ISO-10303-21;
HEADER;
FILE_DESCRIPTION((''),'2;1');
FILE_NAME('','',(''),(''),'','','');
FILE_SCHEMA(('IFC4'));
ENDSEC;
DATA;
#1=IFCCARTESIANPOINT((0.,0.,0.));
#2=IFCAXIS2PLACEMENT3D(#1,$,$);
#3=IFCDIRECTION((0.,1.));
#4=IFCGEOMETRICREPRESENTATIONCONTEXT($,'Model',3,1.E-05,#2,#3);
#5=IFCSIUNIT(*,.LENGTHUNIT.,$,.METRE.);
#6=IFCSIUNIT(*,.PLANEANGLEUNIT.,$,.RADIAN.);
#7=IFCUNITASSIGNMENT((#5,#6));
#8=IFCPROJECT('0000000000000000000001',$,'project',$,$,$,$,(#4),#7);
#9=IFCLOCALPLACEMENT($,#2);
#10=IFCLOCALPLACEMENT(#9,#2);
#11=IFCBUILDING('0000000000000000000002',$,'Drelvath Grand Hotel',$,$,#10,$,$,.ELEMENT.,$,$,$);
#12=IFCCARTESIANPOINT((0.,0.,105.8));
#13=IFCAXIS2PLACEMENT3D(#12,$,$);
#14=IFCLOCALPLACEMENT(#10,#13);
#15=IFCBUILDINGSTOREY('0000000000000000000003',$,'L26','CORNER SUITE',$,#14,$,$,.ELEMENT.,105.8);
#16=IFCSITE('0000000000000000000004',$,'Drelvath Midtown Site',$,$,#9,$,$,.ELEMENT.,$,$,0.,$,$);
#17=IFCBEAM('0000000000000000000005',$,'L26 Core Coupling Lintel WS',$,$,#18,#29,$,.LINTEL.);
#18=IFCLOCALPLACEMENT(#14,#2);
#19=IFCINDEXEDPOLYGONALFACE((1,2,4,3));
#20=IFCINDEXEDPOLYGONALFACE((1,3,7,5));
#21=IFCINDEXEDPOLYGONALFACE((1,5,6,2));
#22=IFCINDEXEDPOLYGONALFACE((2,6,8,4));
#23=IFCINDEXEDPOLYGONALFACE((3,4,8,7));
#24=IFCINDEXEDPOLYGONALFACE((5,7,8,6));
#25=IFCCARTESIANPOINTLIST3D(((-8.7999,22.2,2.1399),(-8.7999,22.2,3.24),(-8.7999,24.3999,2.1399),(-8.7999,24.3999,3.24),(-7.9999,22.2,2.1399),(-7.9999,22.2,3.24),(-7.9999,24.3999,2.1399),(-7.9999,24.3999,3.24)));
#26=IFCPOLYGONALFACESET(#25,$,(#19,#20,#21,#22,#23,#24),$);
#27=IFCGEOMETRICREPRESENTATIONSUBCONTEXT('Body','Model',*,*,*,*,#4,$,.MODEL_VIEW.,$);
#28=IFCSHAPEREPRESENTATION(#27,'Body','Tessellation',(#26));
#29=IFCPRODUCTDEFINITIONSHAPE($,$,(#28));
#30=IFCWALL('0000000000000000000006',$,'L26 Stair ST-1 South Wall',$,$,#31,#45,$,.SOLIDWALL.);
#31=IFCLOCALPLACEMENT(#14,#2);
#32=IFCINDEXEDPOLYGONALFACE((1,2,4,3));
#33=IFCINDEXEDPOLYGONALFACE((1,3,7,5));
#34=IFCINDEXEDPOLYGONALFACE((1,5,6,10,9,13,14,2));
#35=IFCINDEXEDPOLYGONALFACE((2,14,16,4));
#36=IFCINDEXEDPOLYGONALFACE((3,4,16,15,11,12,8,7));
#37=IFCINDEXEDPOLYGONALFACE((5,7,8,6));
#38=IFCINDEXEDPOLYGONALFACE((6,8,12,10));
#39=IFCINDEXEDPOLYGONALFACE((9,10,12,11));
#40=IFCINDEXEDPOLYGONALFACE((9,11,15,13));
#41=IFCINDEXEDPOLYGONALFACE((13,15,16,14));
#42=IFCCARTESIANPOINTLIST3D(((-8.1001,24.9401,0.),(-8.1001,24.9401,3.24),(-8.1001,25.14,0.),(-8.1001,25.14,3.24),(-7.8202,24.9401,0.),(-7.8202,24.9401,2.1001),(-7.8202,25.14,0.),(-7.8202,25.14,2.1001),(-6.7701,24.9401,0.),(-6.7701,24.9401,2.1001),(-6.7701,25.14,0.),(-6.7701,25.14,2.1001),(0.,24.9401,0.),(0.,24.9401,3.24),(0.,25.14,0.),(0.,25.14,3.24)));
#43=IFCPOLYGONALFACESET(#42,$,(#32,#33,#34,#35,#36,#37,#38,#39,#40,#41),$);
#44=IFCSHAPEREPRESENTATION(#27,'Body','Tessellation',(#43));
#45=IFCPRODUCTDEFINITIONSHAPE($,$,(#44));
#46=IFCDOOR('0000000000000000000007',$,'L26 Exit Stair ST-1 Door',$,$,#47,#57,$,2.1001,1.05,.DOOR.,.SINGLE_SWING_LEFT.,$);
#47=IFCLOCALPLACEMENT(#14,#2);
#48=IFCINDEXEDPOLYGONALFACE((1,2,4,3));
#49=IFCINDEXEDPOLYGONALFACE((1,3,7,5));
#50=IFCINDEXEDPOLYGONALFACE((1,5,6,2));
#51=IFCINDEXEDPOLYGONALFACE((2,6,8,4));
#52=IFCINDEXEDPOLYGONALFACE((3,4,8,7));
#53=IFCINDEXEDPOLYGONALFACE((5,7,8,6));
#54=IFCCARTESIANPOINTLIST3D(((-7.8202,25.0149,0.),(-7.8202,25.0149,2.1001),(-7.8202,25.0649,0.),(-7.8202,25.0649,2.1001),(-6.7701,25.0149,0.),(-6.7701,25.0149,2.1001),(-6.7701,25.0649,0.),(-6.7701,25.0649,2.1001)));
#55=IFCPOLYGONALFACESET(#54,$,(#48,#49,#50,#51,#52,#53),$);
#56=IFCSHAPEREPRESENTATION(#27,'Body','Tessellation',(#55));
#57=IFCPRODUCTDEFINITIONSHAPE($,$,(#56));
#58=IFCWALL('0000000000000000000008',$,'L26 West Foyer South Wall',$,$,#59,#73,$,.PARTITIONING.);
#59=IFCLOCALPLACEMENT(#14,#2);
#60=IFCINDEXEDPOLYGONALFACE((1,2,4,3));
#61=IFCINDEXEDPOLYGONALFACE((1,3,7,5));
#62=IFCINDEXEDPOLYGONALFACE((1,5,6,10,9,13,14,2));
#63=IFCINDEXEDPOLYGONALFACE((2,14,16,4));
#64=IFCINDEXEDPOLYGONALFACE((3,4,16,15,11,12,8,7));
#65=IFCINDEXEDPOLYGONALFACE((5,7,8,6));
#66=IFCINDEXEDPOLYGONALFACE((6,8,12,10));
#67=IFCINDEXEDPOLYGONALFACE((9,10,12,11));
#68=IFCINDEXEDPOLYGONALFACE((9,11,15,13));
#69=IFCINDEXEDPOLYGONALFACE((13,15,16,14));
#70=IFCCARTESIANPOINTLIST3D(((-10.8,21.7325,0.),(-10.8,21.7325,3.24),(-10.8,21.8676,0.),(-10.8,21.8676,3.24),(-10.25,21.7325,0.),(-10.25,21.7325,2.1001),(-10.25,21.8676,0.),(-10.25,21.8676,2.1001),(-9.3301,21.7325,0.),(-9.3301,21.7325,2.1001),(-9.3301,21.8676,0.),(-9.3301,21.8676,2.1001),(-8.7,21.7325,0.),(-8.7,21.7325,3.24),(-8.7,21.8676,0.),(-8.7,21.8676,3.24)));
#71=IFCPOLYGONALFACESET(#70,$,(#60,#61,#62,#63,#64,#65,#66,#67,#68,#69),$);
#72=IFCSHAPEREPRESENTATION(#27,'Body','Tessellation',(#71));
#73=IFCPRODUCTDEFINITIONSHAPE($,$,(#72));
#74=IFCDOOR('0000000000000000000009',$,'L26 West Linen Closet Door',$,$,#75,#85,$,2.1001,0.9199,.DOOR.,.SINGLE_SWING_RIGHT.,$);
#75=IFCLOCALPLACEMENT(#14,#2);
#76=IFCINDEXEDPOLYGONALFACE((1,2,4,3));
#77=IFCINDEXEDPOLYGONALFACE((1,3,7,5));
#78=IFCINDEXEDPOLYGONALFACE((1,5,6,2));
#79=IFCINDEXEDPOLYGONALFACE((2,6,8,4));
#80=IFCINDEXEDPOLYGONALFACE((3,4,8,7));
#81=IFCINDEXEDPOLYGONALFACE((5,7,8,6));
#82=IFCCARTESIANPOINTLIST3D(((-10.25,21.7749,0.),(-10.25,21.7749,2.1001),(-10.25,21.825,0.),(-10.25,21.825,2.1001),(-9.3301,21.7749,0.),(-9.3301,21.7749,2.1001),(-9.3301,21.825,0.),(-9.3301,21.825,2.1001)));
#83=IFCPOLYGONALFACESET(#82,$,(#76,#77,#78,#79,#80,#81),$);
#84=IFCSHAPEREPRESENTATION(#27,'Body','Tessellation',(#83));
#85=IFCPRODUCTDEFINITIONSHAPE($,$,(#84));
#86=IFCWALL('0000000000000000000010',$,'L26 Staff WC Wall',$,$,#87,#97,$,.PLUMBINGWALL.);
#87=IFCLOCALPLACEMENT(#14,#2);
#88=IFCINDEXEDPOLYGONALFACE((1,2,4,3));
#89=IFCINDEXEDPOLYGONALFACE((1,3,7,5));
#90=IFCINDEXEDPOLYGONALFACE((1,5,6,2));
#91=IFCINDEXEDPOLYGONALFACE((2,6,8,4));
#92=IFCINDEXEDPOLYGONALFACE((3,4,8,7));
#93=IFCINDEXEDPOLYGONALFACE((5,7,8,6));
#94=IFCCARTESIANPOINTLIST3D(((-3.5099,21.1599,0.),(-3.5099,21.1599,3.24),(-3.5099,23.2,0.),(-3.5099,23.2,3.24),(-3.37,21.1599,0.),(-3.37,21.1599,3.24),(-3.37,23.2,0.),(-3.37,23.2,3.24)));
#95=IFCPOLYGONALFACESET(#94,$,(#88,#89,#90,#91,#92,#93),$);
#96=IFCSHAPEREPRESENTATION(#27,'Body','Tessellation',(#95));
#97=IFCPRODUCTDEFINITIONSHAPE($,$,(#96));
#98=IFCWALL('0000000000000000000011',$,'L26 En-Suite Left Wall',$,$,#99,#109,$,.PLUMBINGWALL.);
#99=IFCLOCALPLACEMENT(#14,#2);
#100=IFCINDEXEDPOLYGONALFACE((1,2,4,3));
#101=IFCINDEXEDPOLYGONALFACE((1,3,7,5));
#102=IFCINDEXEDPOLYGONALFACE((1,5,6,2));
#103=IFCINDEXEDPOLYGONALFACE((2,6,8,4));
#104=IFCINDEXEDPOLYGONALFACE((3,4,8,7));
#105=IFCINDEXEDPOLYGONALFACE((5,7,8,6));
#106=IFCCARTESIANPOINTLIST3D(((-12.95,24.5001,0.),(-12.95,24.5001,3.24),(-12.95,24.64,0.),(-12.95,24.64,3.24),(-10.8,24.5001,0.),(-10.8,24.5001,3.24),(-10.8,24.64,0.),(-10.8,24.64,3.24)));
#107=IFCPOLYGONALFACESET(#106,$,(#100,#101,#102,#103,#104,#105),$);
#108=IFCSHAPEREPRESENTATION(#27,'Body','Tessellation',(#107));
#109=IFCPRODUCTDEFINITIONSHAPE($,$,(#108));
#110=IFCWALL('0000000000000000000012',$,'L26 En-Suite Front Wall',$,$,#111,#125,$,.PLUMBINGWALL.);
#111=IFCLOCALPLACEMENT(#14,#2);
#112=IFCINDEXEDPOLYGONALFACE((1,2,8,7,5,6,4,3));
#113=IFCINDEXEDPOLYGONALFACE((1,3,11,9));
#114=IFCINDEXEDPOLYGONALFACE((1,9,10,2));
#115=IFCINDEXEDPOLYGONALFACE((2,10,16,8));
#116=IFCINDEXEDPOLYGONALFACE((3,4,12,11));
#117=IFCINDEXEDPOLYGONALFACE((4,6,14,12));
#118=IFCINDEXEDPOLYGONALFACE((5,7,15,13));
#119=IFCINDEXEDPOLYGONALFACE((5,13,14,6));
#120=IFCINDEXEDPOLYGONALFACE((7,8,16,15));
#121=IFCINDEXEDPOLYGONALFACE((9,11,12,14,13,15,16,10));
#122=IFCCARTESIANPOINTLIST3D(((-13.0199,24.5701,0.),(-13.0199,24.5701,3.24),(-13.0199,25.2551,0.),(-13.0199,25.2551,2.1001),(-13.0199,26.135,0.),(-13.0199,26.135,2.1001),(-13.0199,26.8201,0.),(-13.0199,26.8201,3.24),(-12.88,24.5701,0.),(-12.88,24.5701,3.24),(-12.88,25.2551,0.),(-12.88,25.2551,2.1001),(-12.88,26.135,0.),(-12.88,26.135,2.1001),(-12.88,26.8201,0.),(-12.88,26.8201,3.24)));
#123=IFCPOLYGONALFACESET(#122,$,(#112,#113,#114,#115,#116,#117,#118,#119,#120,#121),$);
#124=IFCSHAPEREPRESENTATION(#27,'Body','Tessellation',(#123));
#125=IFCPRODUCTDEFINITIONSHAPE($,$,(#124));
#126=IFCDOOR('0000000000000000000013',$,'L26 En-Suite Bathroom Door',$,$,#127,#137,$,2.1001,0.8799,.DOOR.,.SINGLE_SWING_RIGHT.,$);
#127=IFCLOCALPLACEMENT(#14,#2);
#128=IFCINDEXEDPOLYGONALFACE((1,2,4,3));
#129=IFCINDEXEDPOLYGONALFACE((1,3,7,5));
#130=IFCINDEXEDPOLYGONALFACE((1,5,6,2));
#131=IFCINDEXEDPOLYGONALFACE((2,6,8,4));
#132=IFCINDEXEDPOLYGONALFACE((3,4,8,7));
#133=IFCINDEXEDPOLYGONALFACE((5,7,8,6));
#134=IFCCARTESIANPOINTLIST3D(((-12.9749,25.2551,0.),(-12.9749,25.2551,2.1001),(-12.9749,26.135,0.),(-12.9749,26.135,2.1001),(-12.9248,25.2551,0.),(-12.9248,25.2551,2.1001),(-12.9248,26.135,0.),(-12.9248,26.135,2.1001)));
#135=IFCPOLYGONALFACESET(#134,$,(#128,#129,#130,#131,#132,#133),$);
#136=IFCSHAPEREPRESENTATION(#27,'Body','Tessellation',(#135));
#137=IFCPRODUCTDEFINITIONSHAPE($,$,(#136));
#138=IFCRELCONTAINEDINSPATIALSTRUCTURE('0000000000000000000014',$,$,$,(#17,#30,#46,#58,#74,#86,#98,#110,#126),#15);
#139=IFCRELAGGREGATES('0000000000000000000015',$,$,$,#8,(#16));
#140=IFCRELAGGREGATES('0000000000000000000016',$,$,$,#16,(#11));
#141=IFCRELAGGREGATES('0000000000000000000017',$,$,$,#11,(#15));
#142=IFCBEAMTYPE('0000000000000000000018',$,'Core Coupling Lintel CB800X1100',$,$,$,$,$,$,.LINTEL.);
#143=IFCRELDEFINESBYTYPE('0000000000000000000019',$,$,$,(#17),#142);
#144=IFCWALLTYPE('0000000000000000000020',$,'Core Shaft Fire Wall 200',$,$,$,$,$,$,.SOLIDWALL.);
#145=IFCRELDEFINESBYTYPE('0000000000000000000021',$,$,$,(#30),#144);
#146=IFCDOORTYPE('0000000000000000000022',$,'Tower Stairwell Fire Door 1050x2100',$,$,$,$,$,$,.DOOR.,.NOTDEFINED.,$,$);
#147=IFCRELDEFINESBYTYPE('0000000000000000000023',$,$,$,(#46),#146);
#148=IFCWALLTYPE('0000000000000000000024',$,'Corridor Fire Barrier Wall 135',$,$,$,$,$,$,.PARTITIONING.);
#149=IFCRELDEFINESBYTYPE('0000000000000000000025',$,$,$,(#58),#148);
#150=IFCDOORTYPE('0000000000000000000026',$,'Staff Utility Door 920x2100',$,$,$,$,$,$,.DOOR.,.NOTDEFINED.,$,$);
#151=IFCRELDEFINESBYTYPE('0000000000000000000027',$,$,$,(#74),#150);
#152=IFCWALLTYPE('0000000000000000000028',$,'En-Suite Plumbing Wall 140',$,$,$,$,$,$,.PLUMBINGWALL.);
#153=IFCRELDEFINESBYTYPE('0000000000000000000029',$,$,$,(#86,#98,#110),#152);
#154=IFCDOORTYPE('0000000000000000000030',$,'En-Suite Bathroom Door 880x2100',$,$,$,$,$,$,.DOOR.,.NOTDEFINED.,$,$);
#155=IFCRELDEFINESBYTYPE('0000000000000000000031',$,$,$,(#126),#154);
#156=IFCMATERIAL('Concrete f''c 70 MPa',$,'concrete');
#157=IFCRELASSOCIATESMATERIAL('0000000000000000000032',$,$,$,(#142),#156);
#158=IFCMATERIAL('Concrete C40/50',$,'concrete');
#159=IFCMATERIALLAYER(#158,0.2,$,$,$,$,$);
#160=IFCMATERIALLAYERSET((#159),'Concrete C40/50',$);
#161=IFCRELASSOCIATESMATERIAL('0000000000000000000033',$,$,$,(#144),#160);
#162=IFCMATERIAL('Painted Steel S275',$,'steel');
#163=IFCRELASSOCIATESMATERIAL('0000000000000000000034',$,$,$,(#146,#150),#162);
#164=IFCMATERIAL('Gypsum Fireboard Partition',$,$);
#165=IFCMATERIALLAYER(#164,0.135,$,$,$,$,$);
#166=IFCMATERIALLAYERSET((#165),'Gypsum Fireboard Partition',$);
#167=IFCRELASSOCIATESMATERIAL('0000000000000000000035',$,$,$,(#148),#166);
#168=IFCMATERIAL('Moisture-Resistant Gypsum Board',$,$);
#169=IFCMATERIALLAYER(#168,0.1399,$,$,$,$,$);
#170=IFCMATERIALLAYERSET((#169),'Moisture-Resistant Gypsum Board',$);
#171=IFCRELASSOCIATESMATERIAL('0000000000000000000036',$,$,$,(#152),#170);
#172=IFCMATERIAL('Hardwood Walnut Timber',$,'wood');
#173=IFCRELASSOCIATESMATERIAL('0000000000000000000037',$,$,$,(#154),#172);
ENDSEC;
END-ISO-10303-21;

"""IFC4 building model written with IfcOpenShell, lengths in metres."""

from ifc_helpers import new_model, si_unit, direction, frame, frame_2d, origin, origin_2d, place, context, subcontext, project, spatial, rectangle, extrude, material, layer, layer_set, material_profile, profile_set, type_object, element, fill, save


model = new_model("IFC4")

# Units and contexts
model_context = context("Model", 3, precision=1e-05, world=origin(), true_north=direction((0.0, 1.0)))
body_context = subcontext(model_context, "Body", "Model", "MODEL_VIEW")
ifc_project = project(units=[si_unit("LENGTHUNIT", "METRE"), si_unit("PLANEANGLEUNIT", "RADIAN")], contexts=[model_context])

# Site, building, storey
site_placement = place(None, origin())
site = spatial("IfcSite", under=ifc_project, at=site_placement, Name="Drelvath Midtown Site", CompositionType="ELEMENT", RefElevation=0.0)
building_placement = place(site_placement, origin())
building = spatial("IfcBuilding", under=site, at=building_placement, Name="Drelvath Grand Hotel", CompositionType="ELEMENT")
storey_placement = place(building_placement, frame((0.0, 0.0, 105.8)))
storey = spatial("IfcBuildingStorey", under=building, at=storey_placement, Name="L26", Description="CORNER SUITE", CompositionType="ELEMENT", Elevation=105.8)

# Beam
ifc_material_1 = material(Name="Concrete f'c 70 MPa", Category="concrete")
ifc_material_profile = material_profile(ifc_material_1, rectangle(XDim=0.8, YDim=1.1001, at=origin_2d()), Name="CB800X1100")
ifc_profile_set = profile_set([ifc_material_profile], Name="Concrete f'c 70 MPa")
beam_type = type_object("IfcBeamType", Name="Core Coupling Lintel CB800X1100", PredefinedType="LINTEL", material=ifc_profile_set)
beam_placement = place(storey_placement, frame((-8.3999, 22.2, 2.6899), z_axis=(0.0, 1.0, 0.0), x_axis=(-1.0, 0.0, 0.0)))
element("IfcBeam", 1, at=beam_placement, inside=storey, type_object=beam_type, Name="L26 Core Coupling Lintel WS", PredefinedType="LINTEL", context=body_context, shape_type="SweptSolid", body=[
    extrude(rectangle(XDim=0.8, YDim=1.1001, at=origin_2d()), origin(), (0.0, 0.0, 1.0), 2.2),
])

# Walls, openings, doors
ifc_material_2 = material(Name="Concrete C40/50", Category="concrete")
ifc_layer_1 = layer(ifc_material_2, 0.2)
ifc_layer_set_1 = layer_set([ifc_layer_1], Name="Concrete C40/50")
wall_type_1 = type_object("IfcWallType", Name="Core Shaft Fire Wall 200", PredefinedType="SOLIDWALL", material=ifc_layer_set_1)
wall_1_placement = place(storey_placement, frame((-8.1001, 25.04, 0.0), z_axis=(0.0, 0.0, 1.0), x_axis=(1.0, 0.0, 0.0)))
wall_1 = element("IfcWall", 2, at=wall_1_placement, inside=storey, type_object=wall_type_1, Name="L26 Stair ST-1 South Wall", PredefinedType="SOLIDWALL", context=body_context, shape_type="SweptSolid", body=[
    extrude(rectangle(XDim=8.1001, YDim=0.2, at=frame_2d((4.05, 0.0))), origin(), (0.0, 0.0, 1.0), 3.24),
])
opening_1_placement = place(wall_1_placement, frame((0.28, 0.0, 0.0)))
opening_1 = element("IfcOpeningElement", 3, at=opening_1_placement, cuts=wall_1, PredefinedType="OPENING", context=body_context, shape_type="SweptSolid", body=[
    extrude(rectangle(XDim=1.05, YDim=2.1001, at=frame_2d((0.5249, 1.05))), frame((0.0, 0.1099, 0.0), z_axis=(0.0, -1.0, 0.0), x_axis=(1.0, 0.0, 0.0)), (0.0, 0.0, 1.0), 0.22),
])
ifc_material_3 = material(Name="Painted Steel S275", Category="steel")
door_type_1 = type_object("IfcDoorType", Name="Tower Stairwell Fire Door 1050x2100", OperationType="NOTDEFINED", PredefinedType="DOOR", material=ifc_material_3)
door_1_placement = place(opening_1_placement, origin())
door_1 = element("IfcDoor", 4, at=door_1_placement, inside=storey, type_object=door_type_1, Name="L26 Exit Stair ST-1 Door", OperationType="SINGLE_SWING_LEFT", OverallHeight=2.1001, OverallWidth=1.05, PredefinedType="DOOR", context=body_context, shape_type="SweptSolid", body=[
    extrude(rectangle(XDim=1.05, YDim=2.1001, at=frame_2d((0.5249, 1.05))), frame((0.0, 0.0249, 0.0), z_axis=(0.0, -1.0, 0.0), x_axis=(1.0, 0.0, 0.0)), (0.0, 0.0, 1.0), 0.05),
])
fill(opening_1, door_1)
ifc_material_4 = material(Name="Gypsum Fireboard Partition")
ifc_layer_2 = layer(ifc_material_4, 0.135)
ifc_layer_set_2 = layer_set([ifc_layer_2], Name="Gypsum Fireboard Partition")
wall_type_2 = type_object("IfcWallType", Name="Corridor Fire Barrier Wall 135", PredefinedType="PARTITIONING", material=ifc_layer_set_2)
wall_2_placement = place(storey_placement, frame((-10.8, 21.8, 0.0), z_axis=(0.0, 0.0, 1.0), x_axis=(1.0, 0.0, 0.0)))
wall_2 = element("IfcWall", 5, at=wall_2_placement, inside=storey, type_object=wall_type_2, Name="L26 West Foyer South Wall", PredefinedType="PARTITIONING", context=body_context, shape_type="SweptSolid", body=[
    extrude(rectangle(XDim=2.1001, YDim=0.135, at=frame_2d((1.05, 0.0))), origin(), (0.0, 0.0, 1.0), 3.24),
])
opening_2_placement = place(wall_2_placement, frame((0.55, 0.0, 0.0)))
opening_2 = element("IfcOpeningElement", 6, at=opening_2_placement, cuts=wall_2, PredefinedType="OPENING", context=body_context, shape_type="SweptSolid", body=[
    extrude(rectangle(XDim=0.9199, YDim=2.1001, at=frame_2d((0.46, 1.05))), frame((0.0, 0.0774, 0.0), z_axis=(0.0, -1.0, 0.0), x_axis=(1.0, 0.0, 0.0)), (0.0, 0.0, 1.0), 0.155),
])
door_type_2 = type_object("IfcDoorType", Name="Staff Utility Door 920x2100", OperationType="NOTDEFINED", PredefinedType="DOOR", material=ifc_material_3)
door_2_placement = place(opening_2_placement, origin())
door_2 = element("IfcDoor", 7, at=door_2_placement, inside=storey, type_object=door_type_2, Name="L26 West Linen Closet Door", OperationType="SINGLE_SWING_RIGHT", OverallHeight=2.1001, OverallWidth=0.9199, PredefinedType="DOOR", context=body_context, shape_type="SweptSolid", body=[
    extrude(rectangle(XDim=0.9199, YDim=2.1001, at=frame_2d((0.46, 1.05))), frame((0.0, 0.0249, 0.0), z_axis=(0.0, -1.0, 0.0), x_axis=(1.0, 0.0, 0.0)), (0.0, 0.0, 1.0), 0.05),
])
fill(opening_2, door_2)

# Walls
ifc_material_5 = material(Name="Moisture-Resistant Gypsum Board")
ifc_layer_3 = layer(ifc_material_5, 0.1399)
ifc_layer_set_3 = layer_set([ifc_layer_3], Name="Moisture-Resistant Gypsum Board")
wall_type_3 = type_object("IfcWallType", Name="En-Suite Plumbing Wall 140", PredefinedType="PLUMBINGWALL", material=ifc_layer_set_3)
wall_3_placement = place(storey_placement, frame((-3.4399, 21.1599, 0.0), z_axis=(0.0, 0.0, 1.0), x_axis=(0.0, 1.0, 0.0)))
element("IfcWall", 8, at=wall_3_placement, inside=storey, type_object=wall_type_3, Name="L26 Staff WC Wall", PredefinedType="PLUMBINGWALL", context=body_context, shape_type="SweptSolid", body=[
    extrude(rectangle(XDim=2.04, YDim=0.1399, at=frame_2d((1.02, 0.0))), origin(), (0.0, 0.0, 1.0), 3.24),
])
wall_4_placement = place(storey_placement, frame((-10.8, 24.5701, 0.0), z_axis=(0.0, 0.0, 1.0), x_axis=(-1.0, 0.0, 0.0)))
element("IfcWall", 9, at=wall_4_placement, inside=storey, type_object=wall_type_3, Name="L26 En-Suite Left Wall", PredefinedType="PLUMBINGWALL", context=body_context, shape_type="SweptSolid", body=[
    extrude(rectangle(XDim=2.1499, YDim=0.1399, at=frame_2d((1.075, 0.0))), origin(), (0.0, 0.0, 1.0), 3.24),
])

# Wall, opening, door
wall_5_placement = place(storey_placement, frame((-12.95, 24.5701, 0.0), z_axis=(0.0, 0.0, 1.0), x_axis=(0.0, 1.0, 0.0)))
wall_5 = element("IfcWall", 10, at=wall_5_placement, inside=storey, type_object=wall_type_3, Name="L26 En-Suite Front Wall", PredefinedType="PLUMBINGWALL", context=body_context, shape_type="SweptSolid", body=[
    extrude(rectangle(XDim=2.25, YDim=0.1399, at=frame_2d((1.125, 0.0))), origin(), (0.0, 0.0, 1.0), 3.24),
])
opening_3_placement = place(wall_5_placement, frame((0.6851, 0.0, 0.0)))
opening_3 = element("IfcOpeningElement", 11, at=opening_3_placement, cuts=wall_5, PredefinedType="OPENING", context=body_context, shape_type="SweptSolid", body=[
    extrude(rectangle(XDim=0.8799, YDim=2.1001, at=frame_2d((0.4399, 1.05))), frame((0.0, 0.0798, 0.0), z_axis=(0.0, -1.0, 0.0), x_axis=(1.0, 0.0, 0.0)), (0.0, 0.0, 1.0), 0.1599),
])
ifc_material_6 = material(Name="Hardwood Walnut Timber", Category="wood")
door_type_3 = type_object("IfcDoorType", Name="En-Suite Bathroom Door 880x2100", OperationType="NOTDEFINED", PredefinedType="DOOR", material=ifc_material_6)
door_3_placement = place(opening_3_placement, origin())
door_3 = element("IfcDoor", 12, at=door_3_placement, inside=storey, type_object=door_type_3, Name="L26 En-Suite Bathroom Door", OperationType="SINGLE_SWING_RIGHT", OverallHeight=2.1001, OverallWidth=0.8799, PredefinedType="DOOR", context=body_context, shape_type="SweptSolid", body=[
    extrude(rectangle(XDim=0.8799, YDim=2.1001, at=frame_2d((0.4399, 1.05))), frame((0.0, 0.0249, 0.0), z_axis=(0.0, -1.0, 0.0), x_axis=(1.0, 0.0, 0.0)), (0.0, 0.0, 1.0), 0.05),
])
fill(opening_3, door_3)

save(model, "model.ifc")
